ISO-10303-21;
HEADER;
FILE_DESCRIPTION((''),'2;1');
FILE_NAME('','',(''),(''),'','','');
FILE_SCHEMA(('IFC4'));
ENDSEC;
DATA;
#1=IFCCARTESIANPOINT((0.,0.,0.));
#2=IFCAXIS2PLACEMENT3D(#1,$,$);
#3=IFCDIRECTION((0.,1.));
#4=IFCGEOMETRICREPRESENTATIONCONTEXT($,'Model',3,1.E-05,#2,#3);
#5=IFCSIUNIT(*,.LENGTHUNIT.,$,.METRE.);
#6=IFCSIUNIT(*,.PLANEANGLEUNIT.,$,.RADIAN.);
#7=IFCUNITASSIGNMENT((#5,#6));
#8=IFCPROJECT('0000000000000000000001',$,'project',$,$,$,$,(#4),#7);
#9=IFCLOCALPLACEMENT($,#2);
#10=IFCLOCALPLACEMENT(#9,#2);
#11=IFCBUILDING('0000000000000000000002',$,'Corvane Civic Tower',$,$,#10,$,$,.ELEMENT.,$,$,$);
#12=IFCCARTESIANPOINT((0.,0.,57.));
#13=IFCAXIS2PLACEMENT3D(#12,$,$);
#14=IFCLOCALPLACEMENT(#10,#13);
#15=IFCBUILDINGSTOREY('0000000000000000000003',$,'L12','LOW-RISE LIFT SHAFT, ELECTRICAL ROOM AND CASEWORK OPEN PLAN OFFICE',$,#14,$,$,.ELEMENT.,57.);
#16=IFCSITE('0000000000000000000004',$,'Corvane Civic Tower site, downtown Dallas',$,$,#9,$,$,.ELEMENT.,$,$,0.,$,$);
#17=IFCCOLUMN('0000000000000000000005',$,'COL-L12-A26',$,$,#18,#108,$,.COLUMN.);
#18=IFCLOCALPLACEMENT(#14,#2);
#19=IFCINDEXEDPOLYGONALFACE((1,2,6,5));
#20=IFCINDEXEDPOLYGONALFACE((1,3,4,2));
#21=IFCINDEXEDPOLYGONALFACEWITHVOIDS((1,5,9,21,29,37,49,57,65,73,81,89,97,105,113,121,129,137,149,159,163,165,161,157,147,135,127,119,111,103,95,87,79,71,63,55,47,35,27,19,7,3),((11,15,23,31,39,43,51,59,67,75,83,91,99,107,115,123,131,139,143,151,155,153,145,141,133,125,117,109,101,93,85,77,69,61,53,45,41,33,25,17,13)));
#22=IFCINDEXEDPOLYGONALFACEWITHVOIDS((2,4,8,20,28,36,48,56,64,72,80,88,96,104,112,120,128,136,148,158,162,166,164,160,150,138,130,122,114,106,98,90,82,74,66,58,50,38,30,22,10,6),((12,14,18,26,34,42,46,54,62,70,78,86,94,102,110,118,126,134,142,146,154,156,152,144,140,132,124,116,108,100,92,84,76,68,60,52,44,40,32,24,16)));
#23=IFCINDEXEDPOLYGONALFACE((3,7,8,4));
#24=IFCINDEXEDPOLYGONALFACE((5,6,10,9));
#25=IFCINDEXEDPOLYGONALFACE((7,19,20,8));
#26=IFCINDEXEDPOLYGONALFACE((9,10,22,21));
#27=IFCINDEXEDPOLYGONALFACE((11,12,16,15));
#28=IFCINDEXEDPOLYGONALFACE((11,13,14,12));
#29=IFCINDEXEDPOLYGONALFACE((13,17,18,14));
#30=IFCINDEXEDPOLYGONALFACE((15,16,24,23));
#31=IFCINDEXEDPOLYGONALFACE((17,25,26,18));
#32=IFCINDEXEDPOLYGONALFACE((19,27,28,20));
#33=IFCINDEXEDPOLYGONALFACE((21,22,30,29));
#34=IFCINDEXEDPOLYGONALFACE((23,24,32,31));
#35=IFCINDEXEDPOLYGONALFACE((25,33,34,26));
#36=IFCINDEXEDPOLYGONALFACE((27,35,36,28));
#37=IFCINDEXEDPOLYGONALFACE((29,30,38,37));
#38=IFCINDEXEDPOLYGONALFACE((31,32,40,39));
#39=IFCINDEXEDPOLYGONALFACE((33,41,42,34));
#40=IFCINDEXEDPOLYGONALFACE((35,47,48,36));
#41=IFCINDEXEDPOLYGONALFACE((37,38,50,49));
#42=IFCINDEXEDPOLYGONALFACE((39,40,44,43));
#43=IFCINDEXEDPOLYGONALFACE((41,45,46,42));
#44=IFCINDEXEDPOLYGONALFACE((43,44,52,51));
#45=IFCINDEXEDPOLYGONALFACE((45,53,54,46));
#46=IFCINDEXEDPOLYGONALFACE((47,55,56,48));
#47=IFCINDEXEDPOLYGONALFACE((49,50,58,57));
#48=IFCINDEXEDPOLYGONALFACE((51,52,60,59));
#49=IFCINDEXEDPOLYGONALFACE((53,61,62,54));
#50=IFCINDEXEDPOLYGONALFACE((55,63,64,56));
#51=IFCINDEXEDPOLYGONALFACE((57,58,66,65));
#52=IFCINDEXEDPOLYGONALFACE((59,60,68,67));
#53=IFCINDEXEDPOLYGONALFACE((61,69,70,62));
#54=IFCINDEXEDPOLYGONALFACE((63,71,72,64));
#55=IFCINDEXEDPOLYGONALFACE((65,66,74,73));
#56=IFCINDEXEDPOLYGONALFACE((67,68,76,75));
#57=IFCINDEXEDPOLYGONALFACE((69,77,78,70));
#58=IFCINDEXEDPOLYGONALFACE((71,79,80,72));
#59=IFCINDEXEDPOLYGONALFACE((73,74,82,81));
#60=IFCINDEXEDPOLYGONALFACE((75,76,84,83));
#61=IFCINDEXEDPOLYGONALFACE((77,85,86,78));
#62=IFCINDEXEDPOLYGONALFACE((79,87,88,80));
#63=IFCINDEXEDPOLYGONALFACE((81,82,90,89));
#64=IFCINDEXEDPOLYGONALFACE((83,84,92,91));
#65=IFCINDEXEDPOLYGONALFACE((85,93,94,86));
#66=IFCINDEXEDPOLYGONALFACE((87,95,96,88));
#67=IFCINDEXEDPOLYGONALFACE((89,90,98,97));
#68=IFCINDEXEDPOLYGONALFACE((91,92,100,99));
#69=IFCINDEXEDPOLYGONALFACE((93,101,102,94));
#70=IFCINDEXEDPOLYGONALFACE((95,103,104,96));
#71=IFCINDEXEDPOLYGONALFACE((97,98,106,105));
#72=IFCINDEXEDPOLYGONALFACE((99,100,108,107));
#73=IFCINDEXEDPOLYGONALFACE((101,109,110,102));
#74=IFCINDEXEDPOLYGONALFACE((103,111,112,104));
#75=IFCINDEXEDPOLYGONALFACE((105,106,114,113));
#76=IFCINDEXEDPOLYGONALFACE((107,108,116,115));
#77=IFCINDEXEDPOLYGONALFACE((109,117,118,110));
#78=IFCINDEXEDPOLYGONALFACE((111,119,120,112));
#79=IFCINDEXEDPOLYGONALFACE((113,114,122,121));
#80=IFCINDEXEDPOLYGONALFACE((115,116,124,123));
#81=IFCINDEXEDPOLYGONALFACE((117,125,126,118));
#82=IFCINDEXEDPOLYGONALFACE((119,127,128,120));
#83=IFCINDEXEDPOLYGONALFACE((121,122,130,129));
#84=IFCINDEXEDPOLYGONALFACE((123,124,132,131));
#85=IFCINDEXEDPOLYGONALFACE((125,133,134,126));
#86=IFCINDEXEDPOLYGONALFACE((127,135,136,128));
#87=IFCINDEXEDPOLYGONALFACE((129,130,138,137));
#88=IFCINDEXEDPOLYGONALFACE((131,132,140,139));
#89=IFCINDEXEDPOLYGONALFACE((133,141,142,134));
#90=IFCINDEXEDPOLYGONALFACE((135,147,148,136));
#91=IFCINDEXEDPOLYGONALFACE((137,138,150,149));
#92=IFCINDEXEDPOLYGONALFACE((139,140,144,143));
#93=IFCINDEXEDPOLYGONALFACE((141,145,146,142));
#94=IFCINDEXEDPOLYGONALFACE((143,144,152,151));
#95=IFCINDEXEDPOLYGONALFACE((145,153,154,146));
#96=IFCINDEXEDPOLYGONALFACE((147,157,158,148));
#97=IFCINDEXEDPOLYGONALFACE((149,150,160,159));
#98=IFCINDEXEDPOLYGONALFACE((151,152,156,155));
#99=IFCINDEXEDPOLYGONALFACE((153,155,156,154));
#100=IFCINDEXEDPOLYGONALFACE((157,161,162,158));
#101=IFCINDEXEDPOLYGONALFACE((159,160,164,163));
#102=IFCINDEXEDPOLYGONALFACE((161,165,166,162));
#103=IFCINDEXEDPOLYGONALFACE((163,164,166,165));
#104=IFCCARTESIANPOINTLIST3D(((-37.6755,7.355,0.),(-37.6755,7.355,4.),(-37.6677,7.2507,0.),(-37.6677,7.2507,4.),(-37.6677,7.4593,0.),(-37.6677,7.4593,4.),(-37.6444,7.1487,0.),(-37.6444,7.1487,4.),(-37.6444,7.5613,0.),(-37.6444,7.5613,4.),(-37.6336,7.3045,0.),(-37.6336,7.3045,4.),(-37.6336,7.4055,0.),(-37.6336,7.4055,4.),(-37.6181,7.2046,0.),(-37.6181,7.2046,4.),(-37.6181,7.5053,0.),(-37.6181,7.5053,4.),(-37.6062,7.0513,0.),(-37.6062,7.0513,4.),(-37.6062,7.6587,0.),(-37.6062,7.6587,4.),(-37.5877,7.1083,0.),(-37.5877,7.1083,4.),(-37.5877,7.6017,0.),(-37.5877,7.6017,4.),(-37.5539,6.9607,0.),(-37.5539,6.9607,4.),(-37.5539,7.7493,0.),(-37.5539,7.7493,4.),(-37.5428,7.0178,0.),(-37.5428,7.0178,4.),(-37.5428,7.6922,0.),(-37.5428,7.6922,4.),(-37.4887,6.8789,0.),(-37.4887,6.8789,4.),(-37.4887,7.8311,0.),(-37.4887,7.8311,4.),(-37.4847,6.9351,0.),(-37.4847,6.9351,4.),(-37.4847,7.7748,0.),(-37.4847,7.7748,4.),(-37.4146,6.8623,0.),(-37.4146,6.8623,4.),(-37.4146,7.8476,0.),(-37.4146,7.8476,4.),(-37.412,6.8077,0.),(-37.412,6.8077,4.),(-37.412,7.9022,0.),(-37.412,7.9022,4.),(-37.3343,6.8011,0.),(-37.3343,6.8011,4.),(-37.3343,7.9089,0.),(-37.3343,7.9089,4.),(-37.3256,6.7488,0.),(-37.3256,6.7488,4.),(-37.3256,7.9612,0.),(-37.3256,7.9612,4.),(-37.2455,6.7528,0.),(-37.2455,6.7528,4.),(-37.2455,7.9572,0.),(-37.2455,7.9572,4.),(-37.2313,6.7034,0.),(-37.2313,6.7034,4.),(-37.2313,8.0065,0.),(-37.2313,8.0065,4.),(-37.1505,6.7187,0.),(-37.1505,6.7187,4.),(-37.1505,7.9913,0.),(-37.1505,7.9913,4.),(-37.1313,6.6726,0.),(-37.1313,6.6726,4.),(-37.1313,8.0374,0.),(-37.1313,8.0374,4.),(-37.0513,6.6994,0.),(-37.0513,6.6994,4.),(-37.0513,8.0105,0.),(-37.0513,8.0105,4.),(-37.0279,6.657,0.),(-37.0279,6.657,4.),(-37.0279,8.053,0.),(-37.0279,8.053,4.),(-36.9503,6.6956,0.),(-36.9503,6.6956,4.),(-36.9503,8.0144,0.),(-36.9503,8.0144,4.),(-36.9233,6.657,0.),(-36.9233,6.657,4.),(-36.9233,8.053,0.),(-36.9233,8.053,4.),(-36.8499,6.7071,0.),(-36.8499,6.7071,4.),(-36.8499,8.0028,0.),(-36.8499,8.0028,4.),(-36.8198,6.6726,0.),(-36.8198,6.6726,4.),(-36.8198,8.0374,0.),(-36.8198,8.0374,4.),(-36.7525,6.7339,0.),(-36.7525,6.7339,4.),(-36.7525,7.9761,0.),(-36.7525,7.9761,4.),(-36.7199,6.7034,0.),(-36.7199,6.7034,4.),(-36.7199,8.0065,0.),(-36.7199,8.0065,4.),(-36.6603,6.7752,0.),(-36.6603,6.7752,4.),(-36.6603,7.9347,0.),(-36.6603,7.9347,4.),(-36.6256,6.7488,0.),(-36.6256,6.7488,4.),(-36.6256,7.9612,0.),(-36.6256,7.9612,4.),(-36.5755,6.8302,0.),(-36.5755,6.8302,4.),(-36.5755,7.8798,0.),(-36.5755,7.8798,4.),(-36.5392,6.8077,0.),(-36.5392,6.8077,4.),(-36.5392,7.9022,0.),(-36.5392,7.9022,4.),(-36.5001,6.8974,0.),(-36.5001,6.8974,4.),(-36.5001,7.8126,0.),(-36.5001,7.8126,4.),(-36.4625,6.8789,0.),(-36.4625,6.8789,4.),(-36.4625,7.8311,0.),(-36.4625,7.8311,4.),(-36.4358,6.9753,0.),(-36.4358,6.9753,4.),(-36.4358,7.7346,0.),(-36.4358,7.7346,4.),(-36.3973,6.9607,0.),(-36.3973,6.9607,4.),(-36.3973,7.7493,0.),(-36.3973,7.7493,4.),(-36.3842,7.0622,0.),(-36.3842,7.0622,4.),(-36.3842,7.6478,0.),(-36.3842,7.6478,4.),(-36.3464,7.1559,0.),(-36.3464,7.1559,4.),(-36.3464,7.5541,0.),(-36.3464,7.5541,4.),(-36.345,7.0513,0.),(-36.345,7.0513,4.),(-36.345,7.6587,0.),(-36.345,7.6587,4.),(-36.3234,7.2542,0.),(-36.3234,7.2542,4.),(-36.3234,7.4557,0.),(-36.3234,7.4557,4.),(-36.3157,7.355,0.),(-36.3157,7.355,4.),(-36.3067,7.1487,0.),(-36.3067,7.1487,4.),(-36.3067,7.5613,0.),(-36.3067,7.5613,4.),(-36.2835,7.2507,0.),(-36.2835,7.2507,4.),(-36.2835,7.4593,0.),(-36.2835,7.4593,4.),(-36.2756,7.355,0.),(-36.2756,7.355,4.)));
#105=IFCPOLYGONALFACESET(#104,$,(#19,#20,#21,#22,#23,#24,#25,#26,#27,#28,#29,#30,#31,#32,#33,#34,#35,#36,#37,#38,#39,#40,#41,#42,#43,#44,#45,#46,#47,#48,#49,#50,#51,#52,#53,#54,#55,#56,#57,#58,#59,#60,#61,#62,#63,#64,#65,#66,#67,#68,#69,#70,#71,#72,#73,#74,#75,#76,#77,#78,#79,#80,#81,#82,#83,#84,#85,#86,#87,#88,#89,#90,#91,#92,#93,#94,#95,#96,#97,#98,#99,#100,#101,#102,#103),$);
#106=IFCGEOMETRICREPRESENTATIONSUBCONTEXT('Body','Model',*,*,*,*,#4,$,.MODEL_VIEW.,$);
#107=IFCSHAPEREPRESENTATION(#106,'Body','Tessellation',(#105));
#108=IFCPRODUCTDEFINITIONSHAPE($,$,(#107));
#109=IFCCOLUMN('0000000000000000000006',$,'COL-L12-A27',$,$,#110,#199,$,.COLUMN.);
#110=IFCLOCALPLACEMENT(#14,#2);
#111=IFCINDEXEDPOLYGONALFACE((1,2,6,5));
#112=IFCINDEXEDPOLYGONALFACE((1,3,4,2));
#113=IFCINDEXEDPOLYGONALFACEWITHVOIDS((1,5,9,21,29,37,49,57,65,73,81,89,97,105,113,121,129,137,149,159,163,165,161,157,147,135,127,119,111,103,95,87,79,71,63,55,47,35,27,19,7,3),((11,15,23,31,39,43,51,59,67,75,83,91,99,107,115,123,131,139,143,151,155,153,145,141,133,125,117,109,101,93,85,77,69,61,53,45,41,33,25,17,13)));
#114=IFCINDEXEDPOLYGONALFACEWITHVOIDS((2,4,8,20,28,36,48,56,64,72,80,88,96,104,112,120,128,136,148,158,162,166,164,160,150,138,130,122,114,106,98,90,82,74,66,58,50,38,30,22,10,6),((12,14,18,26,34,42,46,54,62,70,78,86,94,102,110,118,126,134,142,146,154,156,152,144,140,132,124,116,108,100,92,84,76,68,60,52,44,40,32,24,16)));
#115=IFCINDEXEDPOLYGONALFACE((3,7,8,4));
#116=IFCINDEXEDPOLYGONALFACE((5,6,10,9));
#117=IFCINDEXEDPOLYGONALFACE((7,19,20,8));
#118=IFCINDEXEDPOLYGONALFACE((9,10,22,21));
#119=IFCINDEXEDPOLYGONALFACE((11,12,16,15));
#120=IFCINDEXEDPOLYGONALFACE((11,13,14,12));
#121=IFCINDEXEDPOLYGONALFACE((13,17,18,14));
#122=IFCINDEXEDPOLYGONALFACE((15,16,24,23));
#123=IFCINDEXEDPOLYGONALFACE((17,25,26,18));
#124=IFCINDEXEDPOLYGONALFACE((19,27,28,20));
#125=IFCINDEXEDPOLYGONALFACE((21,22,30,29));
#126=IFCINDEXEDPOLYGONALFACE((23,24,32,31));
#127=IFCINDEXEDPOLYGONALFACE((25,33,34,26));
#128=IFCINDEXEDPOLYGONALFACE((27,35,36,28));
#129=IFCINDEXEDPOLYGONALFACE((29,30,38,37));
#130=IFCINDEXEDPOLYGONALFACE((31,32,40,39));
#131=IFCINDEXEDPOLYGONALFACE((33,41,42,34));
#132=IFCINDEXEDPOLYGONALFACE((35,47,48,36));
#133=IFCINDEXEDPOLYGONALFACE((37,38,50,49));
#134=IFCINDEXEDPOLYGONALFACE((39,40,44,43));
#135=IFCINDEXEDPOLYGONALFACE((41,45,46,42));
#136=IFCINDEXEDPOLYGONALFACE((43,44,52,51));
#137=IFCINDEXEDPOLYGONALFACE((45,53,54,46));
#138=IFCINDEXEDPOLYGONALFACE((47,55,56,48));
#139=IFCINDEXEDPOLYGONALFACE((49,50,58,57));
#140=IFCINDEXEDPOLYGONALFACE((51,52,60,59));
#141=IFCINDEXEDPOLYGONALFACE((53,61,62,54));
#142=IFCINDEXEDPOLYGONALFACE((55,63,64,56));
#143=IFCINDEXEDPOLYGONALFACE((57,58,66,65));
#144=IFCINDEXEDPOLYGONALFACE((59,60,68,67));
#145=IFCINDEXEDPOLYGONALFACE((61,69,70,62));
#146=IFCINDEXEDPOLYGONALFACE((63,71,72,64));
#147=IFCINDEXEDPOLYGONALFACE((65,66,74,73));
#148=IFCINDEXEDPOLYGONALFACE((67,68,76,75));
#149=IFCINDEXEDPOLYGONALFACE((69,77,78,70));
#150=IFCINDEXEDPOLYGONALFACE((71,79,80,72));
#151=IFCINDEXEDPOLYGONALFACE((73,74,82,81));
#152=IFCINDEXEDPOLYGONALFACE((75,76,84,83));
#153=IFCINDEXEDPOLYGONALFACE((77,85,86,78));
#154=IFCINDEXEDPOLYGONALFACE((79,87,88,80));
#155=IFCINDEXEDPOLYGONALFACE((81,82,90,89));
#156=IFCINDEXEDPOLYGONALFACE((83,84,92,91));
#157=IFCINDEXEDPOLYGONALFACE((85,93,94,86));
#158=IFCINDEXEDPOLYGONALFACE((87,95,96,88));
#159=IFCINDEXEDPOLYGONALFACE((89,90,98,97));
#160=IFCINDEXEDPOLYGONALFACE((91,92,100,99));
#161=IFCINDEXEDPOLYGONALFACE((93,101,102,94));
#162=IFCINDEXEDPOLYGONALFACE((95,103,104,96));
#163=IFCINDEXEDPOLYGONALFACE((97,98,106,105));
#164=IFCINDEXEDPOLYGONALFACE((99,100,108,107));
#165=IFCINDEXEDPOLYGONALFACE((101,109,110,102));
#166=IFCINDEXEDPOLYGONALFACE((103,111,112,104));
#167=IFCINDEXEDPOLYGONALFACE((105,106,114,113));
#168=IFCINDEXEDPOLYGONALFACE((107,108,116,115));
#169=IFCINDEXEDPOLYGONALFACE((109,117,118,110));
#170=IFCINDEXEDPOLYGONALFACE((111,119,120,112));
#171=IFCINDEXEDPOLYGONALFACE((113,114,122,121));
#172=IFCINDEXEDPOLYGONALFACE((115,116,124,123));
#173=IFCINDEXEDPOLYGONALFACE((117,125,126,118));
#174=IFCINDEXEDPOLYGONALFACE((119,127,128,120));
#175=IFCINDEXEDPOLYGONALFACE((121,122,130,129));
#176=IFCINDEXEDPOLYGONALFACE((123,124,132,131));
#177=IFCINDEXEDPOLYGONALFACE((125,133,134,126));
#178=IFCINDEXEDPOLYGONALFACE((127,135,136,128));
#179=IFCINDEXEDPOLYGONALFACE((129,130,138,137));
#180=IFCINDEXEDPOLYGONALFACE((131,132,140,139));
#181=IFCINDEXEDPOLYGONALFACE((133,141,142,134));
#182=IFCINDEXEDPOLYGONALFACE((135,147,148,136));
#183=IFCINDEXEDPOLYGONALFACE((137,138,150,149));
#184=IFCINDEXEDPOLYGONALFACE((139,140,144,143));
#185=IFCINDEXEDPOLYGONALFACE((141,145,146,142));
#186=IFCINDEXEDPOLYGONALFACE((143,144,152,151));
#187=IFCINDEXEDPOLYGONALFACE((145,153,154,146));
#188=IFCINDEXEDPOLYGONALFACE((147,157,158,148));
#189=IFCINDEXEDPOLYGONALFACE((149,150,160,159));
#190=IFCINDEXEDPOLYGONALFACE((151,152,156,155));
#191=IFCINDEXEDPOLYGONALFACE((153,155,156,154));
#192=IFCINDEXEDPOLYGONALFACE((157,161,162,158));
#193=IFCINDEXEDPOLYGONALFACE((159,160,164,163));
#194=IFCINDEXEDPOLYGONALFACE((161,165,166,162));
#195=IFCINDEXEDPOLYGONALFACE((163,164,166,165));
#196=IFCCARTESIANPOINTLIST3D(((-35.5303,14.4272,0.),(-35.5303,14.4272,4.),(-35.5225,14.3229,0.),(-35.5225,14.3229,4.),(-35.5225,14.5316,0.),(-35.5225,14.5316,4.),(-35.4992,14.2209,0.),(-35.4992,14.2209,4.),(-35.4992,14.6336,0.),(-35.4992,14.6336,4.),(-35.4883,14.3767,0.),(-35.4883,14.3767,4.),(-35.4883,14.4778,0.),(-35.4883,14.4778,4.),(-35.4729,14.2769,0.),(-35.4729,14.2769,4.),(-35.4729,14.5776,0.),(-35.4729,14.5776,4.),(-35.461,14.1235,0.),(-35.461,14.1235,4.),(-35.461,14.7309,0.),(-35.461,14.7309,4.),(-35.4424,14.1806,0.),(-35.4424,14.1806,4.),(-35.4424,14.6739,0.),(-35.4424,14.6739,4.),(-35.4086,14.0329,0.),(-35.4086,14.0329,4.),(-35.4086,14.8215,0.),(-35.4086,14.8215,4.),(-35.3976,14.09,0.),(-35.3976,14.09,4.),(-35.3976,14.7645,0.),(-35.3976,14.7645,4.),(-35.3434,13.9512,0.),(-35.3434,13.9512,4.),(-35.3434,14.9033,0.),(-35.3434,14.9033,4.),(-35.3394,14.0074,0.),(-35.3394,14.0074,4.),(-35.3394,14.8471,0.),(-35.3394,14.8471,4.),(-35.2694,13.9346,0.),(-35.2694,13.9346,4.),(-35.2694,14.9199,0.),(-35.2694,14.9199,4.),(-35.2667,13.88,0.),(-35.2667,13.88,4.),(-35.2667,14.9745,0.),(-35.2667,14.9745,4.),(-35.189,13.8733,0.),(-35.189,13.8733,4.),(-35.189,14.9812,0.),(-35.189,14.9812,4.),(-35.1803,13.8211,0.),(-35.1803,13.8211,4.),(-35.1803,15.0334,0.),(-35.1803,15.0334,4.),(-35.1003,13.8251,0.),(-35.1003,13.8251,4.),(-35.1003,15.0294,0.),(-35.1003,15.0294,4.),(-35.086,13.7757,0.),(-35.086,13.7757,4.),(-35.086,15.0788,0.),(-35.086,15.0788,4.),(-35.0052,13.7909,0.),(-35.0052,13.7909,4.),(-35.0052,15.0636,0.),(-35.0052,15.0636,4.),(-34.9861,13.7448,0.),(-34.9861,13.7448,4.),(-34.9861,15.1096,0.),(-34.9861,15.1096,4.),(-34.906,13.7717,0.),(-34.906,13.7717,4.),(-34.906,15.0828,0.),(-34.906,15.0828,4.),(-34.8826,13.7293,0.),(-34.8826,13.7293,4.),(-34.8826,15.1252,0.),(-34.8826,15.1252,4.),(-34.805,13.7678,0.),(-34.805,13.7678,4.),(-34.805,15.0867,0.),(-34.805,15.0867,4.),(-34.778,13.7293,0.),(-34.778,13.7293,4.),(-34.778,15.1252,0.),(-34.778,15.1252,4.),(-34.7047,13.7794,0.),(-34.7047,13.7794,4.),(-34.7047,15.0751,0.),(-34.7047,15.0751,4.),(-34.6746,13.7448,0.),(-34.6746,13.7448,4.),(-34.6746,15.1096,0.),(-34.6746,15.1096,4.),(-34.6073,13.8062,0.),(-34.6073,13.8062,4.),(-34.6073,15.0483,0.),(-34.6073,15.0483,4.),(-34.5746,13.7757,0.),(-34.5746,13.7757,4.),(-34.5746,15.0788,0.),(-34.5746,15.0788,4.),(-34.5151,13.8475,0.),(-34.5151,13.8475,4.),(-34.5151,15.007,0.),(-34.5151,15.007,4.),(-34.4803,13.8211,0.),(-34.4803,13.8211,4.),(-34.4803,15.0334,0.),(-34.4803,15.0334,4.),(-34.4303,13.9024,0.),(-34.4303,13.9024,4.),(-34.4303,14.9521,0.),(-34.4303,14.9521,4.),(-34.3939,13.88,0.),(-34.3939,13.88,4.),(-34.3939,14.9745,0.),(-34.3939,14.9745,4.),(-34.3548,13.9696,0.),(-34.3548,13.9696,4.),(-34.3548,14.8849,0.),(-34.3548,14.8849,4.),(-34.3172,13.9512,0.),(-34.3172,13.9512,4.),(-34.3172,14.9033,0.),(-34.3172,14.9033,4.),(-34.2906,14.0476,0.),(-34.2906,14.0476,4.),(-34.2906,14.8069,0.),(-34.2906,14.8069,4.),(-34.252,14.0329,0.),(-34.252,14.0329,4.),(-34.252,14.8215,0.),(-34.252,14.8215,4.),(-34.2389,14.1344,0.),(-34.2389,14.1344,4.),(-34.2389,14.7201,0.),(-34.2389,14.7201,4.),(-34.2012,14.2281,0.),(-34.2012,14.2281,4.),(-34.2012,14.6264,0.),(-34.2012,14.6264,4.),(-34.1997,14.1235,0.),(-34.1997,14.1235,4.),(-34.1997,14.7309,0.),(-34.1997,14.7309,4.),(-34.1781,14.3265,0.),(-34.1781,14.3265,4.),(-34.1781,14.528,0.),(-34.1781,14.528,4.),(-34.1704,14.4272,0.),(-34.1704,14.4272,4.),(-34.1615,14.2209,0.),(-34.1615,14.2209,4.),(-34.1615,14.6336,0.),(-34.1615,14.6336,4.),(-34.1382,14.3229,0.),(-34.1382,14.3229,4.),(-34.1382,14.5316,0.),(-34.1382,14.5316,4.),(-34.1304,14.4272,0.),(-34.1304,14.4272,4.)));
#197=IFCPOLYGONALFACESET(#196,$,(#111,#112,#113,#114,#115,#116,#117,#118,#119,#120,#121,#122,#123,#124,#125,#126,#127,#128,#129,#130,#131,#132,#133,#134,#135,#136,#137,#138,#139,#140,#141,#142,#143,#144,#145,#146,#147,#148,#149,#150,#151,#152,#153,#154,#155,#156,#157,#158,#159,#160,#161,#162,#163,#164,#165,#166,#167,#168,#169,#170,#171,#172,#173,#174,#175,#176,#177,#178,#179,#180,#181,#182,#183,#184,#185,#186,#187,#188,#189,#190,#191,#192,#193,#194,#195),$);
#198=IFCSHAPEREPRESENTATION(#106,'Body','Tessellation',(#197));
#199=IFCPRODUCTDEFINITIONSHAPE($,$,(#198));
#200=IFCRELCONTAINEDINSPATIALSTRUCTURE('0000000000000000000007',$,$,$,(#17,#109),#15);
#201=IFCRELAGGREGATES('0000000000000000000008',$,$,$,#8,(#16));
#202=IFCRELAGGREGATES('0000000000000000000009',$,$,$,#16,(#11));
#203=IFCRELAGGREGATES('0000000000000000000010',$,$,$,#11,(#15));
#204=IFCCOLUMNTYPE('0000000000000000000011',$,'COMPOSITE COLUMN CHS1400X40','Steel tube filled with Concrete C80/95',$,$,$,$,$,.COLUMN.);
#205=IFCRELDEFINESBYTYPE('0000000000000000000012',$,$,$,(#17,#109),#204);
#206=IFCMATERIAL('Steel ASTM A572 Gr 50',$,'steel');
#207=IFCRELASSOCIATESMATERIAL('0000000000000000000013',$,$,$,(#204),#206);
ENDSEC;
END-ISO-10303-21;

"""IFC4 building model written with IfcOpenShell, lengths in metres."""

from ifc_helpers import new_model, si_unit, direction, frame, origin, origin_2d, place, context, subcontext, project, spatial, hollow_circle, extrude, material, material_profile, profile_set, type_object, element, save


model = new_model("IFC4")

# Units and contexts
model_context = context("Model", 3, precision=1e-05, world=origin(), true_north=direction((0.0, 1.0)))
body_context = subcontext(model_context, "Body", "Model", "MODEL_VIEW")
ifc_project = project(units=[si_unit("LENGTHUNIT", "METRE"), si_unit("PLANEANGLEUNIT", "RADIAN")], contexts=[model_context])

# Site, building, storey
site_placement = place(None, origin())
site = spatial("IfcSite", under=ifc_project, at=site_placement, Name="Corvane Civic Tower site, downtown Dallas", CompositionType="ELEMENT", RefElevation=0.0)
building_placement = place(site_placement, origin())
building = spatial("IfcBuilding", under=site, at=building_placement, Name="Corvane Civic Tower", CompositionType="ELEMENT")
storey_placement = place(building_placement, frame((0.0, 0.0, 57.0)))
storey = spatial("IfcBuildingStorey", under=building, at=storey_placement, Name="L12", Description="LOW-RISE LIFT SHAFT, ELECTRICAL ROOM AND CASEWORK OPEN PLAN OFFICE", CompositionType="ELEMENT", Elevation=57.0)

# Columns
ifc_material_1 = material(Name="Steel ASTM A572 Gr 50", Category="steel")
ifc_material_profile_1 = material_profile(ifc_material_1, hollow_circle(Radius=0.7, WallThickness=0.04, at=origin_2d()), Name="CHS1400X40")
ifc_profile_set_1 = profile_set([ifc_material_profile_1], Name="Steel ASTM A572 Gr 50")
column_type = type_object("IfcColumnType", Name="COMPOSITE COLUMN CHS1400X40", Description="Steel tube filled with Concrete C80/95", PredefinedType="COLUMN", material=ifc_profile_set_1)
for number, where, z_axis, x_axis, name in (
    (1, (-36.9756, 7.355, 0.0), (0.0, 0.0, 1.0), (1.0, 0.0, 0.0), "COL-L12-A26"),
    (2, (-34.8303, 14.4272, 0.0), (0.0, 0.0, 1.0), (1.0, 0.0, 0.0), "COL-L12-A27"),
):
    element("IfcColumn", number, at=place(storey_placement, frame(where, z_axis=z_axis, x_axis=x_axis)), inside=storey, type_object=column_type, Name=name, PredefinedType="COLUMN", context=body_context, shape_type="SweptSolid", body=[
        extrude(hollow_circle(Radius=0.7, WallThickness=0.04, at=origin_2d()), origin(), (0.0, 0.0, 1.0), 4.0),
    ])

save(model, "model.ifc")
